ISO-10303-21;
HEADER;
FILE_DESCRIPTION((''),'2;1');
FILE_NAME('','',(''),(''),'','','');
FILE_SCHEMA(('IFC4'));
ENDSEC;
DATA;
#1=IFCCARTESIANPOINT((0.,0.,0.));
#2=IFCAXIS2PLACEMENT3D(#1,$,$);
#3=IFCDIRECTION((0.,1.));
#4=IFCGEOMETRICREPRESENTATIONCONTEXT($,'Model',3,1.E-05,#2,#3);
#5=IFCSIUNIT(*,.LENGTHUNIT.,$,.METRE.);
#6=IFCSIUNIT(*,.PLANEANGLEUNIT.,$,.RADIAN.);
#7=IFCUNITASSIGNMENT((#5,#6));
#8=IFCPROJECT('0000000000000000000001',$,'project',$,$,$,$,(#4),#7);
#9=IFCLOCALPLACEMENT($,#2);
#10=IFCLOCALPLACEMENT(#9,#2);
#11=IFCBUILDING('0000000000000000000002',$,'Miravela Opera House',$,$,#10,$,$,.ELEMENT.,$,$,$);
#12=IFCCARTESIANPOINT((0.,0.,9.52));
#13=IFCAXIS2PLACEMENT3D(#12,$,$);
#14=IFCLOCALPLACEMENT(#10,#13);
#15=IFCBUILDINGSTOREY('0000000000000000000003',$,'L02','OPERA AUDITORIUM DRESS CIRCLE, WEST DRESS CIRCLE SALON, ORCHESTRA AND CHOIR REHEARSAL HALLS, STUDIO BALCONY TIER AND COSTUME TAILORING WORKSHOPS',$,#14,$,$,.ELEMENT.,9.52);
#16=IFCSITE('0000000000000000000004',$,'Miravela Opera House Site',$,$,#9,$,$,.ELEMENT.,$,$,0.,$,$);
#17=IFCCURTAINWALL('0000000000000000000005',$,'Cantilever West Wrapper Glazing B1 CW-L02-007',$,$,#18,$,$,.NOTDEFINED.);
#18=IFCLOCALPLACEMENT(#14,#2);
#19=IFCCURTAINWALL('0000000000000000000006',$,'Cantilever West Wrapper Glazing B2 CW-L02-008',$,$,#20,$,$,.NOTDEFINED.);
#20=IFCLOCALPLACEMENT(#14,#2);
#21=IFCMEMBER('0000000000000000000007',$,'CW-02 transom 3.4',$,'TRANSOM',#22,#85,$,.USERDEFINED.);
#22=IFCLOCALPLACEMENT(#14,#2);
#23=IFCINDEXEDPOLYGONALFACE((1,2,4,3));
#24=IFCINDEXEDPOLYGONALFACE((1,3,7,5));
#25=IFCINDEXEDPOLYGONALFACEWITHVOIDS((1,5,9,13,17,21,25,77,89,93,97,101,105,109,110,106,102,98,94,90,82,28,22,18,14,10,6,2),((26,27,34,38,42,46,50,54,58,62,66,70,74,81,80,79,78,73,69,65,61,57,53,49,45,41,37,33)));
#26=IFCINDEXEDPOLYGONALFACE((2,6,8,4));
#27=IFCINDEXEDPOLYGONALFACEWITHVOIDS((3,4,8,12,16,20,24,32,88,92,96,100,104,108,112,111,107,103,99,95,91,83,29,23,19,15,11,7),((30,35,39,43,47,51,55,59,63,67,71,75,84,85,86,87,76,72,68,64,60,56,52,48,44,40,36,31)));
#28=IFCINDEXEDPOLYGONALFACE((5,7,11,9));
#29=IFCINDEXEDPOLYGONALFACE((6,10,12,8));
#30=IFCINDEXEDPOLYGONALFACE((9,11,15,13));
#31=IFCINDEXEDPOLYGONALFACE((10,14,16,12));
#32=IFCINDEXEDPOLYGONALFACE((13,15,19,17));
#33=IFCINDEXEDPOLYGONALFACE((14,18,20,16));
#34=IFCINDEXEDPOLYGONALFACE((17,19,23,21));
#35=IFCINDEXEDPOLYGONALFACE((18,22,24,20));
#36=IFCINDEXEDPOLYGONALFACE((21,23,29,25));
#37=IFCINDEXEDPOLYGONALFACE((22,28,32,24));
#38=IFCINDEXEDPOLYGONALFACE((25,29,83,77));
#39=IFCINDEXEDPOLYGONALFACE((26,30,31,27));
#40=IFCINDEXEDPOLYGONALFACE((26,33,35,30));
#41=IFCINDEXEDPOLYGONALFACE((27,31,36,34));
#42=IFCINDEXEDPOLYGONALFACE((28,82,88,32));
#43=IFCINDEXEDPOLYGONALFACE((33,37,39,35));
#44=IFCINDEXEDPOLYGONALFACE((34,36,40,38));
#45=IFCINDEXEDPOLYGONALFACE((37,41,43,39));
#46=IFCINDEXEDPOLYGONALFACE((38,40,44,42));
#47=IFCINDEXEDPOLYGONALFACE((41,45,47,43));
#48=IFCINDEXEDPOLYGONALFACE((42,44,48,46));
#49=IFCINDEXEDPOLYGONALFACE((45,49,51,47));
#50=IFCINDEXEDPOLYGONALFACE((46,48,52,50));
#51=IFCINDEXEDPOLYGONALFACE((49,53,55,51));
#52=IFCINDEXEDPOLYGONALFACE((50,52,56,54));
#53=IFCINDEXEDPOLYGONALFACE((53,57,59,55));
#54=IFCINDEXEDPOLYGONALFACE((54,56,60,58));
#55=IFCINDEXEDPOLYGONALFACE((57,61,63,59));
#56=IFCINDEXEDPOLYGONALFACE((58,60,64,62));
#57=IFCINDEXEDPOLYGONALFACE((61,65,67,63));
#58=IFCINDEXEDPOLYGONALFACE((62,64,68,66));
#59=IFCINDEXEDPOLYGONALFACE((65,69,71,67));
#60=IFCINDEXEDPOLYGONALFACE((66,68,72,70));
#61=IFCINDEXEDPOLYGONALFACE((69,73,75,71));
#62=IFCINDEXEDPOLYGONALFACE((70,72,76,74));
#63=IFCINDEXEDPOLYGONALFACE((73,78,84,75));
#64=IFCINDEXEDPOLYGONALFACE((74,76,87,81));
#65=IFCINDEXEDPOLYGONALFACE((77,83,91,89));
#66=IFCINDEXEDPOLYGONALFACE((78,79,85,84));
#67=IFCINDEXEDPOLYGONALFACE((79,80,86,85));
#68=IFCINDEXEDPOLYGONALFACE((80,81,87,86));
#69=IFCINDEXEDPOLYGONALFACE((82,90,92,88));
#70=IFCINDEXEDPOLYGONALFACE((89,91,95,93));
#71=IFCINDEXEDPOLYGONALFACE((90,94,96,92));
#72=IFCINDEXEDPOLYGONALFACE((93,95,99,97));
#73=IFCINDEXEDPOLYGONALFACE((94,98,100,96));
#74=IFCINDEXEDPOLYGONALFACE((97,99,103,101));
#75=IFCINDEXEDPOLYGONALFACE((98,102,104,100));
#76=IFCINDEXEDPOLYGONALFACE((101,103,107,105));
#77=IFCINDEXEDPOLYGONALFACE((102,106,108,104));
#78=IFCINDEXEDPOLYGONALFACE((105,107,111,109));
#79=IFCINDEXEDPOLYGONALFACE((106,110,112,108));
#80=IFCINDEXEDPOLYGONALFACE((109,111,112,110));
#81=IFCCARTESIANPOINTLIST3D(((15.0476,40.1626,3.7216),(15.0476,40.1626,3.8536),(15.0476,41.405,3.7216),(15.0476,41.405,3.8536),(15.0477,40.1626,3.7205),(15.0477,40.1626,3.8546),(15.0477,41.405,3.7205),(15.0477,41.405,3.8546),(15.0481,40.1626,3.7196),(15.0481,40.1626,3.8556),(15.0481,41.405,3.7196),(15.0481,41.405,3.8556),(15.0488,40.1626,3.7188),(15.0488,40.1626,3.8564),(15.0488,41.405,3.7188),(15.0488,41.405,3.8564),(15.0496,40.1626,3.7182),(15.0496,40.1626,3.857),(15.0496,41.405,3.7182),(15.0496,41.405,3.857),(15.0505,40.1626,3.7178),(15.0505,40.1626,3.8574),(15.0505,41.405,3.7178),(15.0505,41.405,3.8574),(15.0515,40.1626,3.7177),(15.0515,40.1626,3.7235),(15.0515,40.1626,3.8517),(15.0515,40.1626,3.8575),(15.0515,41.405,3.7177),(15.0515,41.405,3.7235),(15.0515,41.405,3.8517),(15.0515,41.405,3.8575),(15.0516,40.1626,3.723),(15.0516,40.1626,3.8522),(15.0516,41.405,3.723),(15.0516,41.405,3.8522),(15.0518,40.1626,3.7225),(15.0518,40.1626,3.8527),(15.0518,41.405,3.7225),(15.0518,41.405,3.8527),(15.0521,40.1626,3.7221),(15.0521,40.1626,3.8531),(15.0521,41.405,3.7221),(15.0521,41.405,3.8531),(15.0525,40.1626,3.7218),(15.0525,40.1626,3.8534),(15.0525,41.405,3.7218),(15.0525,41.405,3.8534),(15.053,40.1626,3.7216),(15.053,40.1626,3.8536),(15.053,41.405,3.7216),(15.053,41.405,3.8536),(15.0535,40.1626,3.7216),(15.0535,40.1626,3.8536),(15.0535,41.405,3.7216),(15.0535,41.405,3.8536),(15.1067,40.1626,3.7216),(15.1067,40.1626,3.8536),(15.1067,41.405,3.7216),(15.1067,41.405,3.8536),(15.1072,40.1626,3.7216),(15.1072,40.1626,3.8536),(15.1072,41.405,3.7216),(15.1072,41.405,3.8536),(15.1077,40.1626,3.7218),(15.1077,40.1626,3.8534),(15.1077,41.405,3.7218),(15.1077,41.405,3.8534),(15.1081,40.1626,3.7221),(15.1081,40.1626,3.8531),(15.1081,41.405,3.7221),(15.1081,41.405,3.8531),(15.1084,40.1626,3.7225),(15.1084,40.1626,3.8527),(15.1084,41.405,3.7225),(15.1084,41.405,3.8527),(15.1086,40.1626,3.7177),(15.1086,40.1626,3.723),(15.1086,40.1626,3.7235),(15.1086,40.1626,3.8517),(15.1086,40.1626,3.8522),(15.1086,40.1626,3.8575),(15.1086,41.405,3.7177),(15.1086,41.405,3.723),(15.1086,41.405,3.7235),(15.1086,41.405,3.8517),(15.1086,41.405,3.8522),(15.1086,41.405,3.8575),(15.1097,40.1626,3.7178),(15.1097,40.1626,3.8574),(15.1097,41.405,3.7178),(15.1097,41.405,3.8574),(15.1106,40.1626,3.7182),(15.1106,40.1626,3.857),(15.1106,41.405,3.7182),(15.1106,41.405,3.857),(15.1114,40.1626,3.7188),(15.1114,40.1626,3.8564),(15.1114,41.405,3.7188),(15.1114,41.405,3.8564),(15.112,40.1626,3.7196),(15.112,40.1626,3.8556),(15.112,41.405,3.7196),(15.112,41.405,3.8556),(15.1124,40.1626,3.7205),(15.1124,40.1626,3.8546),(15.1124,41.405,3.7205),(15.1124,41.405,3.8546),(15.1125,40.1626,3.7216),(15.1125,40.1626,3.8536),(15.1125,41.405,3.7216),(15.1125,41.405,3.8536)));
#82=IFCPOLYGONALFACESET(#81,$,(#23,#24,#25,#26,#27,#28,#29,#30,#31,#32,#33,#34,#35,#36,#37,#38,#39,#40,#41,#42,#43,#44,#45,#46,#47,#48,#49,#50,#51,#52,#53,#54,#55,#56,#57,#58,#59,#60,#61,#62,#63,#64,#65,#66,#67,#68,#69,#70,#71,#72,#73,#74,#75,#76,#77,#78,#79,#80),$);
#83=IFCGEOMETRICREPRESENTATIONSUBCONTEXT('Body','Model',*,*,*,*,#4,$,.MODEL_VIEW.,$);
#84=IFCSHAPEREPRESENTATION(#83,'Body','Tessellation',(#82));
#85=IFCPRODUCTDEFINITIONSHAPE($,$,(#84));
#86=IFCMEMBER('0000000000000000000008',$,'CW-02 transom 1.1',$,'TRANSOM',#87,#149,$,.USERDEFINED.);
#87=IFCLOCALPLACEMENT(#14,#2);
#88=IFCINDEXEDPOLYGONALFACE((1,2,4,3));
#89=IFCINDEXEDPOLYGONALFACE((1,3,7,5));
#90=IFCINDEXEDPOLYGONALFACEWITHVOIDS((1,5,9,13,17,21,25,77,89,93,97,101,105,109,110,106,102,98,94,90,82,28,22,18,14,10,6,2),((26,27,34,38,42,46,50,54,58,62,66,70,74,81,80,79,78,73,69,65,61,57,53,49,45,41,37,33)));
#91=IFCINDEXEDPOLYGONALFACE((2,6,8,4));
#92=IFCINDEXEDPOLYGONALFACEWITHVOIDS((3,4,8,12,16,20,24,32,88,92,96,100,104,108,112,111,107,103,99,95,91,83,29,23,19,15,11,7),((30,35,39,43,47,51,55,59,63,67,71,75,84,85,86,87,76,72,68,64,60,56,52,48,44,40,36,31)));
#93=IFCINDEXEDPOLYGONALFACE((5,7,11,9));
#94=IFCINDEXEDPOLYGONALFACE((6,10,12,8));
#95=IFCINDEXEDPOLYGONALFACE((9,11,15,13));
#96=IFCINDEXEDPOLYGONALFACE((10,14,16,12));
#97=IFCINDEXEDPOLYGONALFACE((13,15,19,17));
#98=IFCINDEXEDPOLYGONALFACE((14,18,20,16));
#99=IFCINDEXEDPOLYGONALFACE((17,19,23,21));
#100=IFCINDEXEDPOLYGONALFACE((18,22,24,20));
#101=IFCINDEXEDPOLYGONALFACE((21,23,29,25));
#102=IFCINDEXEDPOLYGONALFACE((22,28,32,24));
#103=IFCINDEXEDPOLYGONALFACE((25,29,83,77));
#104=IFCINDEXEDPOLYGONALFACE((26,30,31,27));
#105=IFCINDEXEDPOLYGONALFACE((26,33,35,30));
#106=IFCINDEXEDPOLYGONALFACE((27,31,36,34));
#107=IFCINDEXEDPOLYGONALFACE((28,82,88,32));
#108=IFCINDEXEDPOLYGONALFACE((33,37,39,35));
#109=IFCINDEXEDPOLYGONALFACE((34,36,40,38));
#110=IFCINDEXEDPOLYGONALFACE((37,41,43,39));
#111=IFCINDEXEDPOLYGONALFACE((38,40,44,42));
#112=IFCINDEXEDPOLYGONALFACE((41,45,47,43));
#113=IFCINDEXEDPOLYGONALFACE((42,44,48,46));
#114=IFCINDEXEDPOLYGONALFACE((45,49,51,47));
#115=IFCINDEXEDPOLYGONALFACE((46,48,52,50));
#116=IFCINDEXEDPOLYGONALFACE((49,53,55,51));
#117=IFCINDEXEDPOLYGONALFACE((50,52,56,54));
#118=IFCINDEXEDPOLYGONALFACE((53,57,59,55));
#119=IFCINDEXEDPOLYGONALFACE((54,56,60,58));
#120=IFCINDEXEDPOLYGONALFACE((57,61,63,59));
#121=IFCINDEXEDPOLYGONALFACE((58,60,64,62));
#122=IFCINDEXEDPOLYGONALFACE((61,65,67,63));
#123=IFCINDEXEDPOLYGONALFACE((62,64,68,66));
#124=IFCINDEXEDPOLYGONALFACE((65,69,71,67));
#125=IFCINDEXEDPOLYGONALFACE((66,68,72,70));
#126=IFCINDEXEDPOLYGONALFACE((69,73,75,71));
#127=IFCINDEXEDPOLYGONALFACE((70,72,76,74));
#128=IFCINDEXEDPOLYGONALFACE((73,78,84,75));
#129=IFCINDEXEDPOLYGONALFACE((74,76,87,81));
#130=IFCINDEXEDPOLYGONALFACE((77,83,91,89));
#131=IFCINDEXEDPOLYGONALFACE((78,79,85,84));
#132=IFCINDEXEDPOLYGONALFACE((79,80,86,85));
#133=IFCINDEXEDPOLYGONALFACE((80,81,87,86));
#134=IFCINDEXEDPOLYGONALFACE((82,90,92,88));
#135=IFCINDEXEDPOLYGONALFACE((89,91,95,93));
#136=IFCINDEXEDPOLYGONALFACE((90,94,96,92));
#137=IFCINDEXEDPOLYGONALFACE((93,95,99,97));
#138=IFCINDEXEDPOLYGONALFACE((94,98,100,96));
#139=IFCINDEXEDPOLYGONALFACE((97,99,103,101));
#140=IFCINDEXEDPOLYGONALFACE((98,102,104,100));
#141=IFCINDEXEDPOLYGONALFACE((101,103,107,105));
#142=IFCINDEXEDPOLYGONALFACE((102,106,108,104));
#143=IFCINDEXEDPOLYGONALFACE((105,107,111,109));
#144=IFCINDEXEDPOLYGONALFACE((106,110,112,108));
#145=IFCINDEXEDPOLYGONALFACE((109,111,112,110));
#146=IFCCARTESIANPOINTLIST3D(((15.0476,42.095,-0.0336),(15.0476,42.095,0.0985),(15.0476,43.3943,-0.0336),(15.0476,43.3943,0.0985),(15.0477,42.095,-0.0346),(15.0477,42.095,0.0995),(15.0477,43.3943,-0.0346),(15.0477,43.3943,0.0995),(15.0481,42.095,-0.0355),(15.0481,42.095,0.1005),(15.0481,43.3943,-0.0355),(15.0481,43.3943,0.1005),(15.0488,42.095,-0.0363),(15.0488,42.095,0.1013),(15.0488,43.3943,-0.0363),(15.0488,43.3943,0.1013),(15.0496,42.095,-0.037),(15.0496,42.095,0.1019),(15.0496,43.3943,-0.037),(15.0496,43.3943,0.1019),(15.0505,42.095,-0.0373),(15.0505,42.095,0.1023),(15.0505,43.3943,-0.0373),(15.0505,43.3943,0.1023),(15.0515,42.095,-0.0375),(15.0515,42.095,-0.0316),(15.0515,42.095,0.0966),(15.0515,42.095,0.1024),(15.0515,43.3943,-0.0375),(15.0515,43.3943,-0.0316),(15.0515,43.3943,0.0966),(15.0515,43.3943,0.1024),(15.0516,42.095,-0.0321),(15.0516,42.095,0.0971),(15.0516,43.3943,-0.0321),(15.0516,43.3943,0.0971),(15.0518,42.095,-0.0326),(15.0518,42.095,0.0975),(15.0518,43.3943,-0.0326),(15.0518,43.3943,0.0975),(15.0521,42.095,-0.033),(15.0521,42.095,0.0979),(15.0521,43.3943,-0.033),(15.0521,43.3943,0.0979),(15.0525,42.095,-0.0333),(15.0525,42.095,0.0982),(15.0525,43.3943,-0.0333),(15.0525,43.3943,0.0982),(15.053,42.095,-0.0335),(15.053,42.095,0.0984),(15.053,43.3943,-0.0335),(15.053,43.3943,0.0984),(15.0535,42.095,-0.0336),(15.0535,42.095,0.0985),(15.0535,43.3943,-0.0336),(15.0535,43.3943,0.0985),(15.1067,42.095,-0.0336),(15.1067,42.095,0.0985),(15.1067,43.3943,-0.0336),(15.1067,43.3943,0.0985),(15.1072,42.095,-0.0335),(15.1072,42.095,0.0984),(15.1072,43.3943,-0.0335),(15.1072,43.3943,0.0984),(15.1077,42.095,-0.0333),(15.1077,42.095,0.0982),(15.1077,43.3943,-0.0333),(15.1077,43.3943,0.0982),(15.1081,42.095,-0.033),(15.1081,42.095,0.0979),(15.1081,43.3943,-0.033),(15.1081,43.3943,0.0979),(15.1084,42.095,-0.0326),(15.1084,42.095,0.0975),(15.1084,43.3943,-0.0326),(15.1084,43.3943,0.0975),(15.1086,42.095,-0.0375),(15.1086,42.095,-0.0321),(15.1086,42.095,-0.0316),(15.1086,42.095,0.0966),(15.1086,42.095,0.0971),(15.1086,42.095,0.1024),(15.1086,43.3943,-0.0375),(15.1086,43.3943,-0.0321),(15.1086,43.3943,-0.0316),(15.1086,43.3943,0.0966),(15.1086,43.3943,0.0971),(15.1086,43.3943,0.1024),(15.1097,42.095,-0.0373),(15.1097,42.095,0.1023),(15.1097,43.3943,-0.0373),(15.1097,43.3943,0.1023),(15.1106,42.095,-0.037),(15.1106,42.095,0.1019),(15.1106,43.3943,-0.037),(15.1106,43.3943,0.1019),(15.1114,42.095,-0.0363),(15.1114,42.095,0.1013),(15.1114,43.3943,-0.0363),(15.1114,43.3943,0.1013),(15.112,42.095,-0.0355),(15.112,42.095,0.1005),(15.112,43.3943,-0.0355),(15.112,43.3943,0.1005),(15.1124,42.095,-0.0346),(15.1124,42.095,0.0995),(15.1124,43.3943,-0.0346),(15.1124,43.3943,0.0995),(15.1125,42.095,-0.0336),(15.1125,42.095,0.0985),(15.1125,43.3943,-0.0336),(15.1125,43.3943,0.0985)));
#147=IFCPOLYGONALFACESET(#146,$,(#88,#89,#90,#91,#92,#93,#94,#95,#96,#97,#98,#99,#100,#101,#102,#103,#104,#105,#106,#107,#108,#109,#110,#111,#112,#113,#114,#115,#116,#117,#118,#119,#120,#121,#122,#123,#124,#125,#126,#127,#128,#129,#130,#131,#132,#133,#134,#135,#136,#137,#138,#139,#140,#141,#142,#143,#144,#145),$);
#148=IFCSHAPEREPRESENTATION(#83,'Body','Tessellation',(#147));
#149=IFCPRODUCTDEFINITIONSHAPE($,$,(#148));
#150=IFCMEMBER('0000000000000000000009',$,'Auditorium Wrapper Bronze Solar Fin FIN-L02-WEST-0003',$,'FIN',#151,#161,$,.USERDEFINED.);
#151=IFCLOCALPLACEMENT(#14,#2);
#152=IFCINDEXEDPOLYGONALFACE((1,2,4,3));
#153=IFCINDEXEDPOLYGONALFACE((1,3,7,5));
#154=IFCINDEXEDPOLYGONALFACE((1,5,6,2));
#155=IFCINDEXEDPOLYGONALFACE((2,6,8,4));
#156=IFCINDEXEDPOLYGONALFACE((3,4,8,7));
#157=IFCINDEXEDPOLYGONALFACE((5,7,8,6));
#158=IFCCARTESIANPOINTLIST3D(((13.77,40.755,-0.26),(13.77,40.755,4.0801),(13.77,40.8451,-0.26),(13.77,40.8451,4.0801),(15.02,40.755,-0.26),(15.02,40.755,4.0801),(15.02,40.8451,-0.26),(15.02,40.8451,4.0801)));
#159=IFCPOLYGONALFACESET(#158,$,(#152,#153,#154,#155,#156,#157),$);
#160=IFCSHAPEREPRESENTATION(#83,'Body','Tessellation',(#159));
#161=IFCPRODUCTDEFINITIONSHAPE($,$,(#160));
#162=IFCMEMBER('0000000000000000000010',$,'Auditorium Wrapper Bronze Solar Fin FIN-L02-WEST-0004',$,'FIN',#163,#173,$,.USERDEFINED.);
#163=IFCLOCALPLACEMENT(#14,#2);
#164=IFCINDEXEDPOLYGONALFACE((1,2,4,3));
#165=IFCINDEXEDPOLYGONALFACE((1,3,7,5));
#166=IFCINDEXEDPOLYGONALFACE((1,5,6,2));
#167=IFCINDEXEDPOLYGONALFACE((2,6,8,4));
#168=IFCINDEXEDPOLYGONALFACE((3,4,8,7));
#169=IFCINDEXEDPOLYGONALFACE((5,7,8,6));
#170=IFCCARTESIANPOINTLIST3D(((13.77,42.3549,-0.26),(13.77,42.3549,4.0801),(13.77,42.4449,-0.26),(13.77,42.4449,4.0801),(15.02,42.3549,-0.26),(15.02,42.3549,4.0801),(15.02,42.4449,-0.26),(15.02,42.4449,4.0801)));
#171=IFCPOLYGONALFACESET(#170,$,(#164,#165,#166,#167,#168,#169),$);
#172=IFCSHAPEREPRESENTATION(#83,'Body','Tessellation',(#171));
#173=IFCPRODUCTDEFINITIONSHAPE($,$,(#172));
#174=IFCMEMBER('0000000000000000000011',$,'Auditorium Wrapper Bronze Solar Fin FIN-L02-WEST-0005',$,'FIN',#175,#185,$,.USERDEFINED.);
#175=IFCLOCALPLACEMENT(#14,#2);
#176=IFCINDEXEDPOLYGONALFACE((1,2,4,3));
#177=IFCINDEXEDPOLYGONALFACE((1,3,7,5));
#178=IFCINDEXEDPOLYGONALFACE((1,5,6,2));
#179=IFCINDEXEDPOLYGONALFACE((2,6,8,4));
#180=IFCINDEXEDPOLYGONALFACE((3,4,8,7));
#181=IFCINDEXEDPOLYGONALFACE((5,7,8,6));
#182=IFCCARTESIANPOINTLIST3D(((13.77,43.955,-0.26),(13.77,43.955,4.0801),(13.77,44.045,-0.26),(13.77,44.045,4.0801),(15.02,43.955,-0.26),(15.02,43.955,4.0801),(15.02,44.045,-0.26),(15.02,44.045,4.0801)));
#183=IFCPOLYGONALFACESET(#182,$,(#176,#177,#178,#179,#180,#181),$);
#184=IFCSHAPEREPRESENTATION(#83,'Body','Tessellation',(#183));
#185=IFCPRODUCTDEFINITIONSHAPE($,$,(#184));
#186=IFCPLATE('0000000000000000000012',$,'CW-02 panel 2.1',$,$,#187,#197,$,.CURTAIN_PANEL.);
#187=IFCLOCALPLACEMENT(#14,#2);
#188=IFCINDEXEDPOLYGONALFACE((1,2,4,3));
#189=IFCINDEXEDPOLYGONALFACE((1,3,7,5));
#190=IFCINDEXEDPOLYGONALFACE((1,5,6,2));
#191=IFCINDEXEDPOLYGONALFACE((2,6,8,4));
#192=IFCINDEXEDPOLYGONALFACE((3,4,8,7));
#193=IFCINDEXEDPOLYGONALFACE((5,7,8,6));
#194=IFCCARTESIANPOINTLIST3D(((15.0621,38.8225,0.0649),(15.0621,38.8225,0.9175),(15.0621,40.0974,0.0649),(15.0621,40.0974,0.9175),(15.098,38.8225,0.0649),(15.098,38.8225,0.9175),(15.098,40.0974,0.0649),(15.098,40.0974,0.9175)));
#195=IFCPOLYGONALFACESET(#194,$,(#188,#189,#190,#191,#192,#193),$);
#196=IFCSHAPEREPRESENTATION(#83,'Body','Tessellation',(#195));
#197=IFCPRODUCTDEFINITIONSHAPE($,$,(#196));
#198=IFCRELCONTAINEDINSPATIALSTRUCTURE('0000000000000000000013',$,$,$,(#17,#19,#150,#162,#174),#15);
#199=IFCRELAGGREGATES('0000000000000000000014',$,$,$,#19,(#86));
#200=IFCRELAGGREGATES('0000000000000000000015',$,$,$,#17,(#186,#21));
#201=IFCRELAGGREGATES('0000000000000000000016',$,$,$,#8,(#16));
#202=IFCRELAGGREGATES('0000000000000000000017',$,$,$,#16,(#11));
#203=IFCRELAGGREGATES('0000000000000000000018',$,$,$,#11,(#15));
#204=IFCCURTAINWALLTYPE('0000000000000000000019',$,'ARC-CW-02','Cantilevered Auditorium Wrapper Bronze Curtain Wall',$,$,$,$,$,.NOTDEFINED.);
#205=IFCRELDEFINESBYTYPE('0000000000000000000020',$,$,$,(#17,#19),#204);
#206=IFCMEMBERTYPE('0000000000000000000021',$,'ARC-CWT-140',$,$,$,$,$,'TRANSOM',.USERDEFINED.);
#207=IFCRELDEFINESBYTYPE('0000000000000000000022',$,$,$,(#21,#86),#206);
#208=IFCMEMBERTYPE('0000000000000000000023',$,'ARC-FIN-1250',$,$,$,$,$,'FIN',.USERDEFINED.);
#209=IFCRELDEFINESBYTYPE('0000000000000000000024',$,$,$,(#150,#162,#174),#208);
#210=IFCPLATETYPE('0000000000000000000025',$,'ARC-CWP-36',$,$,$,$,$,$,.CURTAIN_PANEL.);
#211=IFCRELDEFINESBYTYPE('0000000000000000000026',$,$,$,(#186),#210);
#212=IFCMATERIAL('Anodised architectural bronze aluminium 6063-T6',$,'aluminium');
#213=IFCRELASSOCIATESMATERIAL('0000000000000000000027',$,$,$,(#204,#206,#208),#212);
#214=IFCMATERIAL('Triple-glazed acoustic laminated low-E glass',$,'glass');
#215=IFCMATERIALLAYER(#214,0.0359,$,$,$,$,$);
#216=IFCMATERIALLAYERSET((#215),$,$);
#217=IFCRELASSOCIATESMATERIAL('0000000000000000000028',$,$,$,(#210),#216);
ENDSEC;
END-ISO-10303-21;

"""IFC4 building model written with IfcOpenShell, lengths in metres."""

from ifc_helpers import new_model, si_unit, direction, frame, origin, origin_2d, place, context, subcontext, project, spatial, rectangle, hollow_rectangle, extrude, material, layer, layer_set, material_profile, profile_set, type_object, element, aggregate, save


model = new_model("IFC4")

# Units and contexts
model_context = context("Model", 3, precision=1e-05, world=origin(), true_north=direction((0.0, 1.0)))
body_context = subcontext(model_context, "Body", "Model", "MODEL_VIEW")
ifc_project = project(units=[si_unit("LENGTHUNIT", "METRE"), si_unit("PLANEANGLEUNIT", "RADIAN")], contexts=[model_context])

# Site, building, storey
site_placement = place(None, origin())
site = spatial("IfcSite", under=ifc_project, at=site_placement, Name="Miravela Opera House Site", CompositionType="ELEMENT", RefElevation=0.0)
building_placement = place(site_placement, origin())
building = spatial("IfcBuilding", under=site, at=building_placement, Name="Miravela Opera House", CompositionType="ELEMENT")
storey_placement = place(building_placement, frame((0.0, 0.0, 9.52)))
storey = spatial("IfcBuildingStorey", under=building, at=storey_placement, Name="L02", Description="OPERA AUDITORIUM DRESS CIRCLE, WEST DRESS CIRCLE SALON, ORCHESTRA AND CHOIR REHEARSAL HALLS, STUDIO BALCONY TIER AND COSTUME TAILORING WORKSHOPS", CompositionType="ELEMENT", Elevation=9.52)

# Curtain wall
ifc_material_1 = material(Name="Anodised architectural bronze aluminium 6063-T6", Category="aluminium")
curtain_wall_type = type_object("IfcCurtainWallType", Name="ARC-CW-02", Description="Cantilevered Auditorium Wrapper Bronze Curtain Wall", PredefinedType="NOTDEFINED", material=ifc_material_1)
curtain_wall_1_placement = place(storey_placement, origin())
curtain_wall_1 = element("IfcCurtainWall", 1, at=curtain_wall_1_placement, inside=storey, type_object=curtain_wall_type, Name="Cantilever West Wrapper Glazing B1 CW-L02-007", PredefinedType="NOTDEFINED")

# Curtain wall
curtain_wall_2_placement = place(storey_placement, origin())
curtain_wall_2 = element("IfcCurtainWall", 2, at=curtain_wall_2_placement, inside=storey, type_object=curtain_wall_type, Name="Cantilever West Wrapper Glazing B2 CW-L02-008", PredefinedType="NOTDEFINED")

# Members
ifc_material_profile_1 = material_profile(ifc_material_1, hollow_rectangle(XDim=0.0649, YDim=0.1399, WallThickness=0.0039, InnerFilletRadius=0.002, OuterFilletRadius=0.0039, at=origin_2d()), Name="CWT-65X140")
ifc_profile_set_1 = profile_set([ifc_material_profile_1])
member_type_1 = type_object("IfcMemberType", Name="ARC-CWT-140", ElementType="TRANSOM", PredefinedType="USERDEFINED", material=ifc_profile_set_1)
member_1_placement = place(storey_placement, frame((15.0801, 40.1626, 3.7876), z_axis=(0.0, 1.0, 0.0), x_axis=(-1.0, 0.0, 0.0)))
member_1 = element("IfcMember", 3, at=member_1_placement, type_object=member_type_1, Name="CW-02 transom 3.4", ObjectType="TRANSOM", PredefinedType="USERDEFINED", context=body_context, shape_type="SweptSolid", body=[
    extrude(hollow_rectangle(XDim=0.0649, YDim=0.1399, WallThickness=0.0039, InnerFilletRadius=0.002, OuterFilletRadius=0.0039, at=origin_2d()), origin(), (0.0, 0.0, 1.0), 1.2424),
])
member_2_placement = place(storey_placement, frame((15.0801, 42.095, 0.0325), z_axis=(0.0, 1.0, 0.0), x_axis=(-1.0, 0.0, 0.0)))
member_2 = element("IfcMember", 4, at=member_2_placement, type_object=member_type_1, Name="CW-02 transom 1.1", ObjectType="TRANSOM", PredefinedType="USERDEFINED", context=body_context, shape_type="SweptSolid", body=[
    extrude(hollow_rectangle(XDim=0.0649, YDim=0.1399, WallThickness=0.0039, InnerFilletRadius=0.002, OuterFilletRadius=0.0039, at=origin_2d()), origin(), (0.0, 0.0, 1.0), 1.2993),
])
aggregate(curtain_wall_2, [member_2])

# Members
ifc_material_profile_2 = material_profile(ifc_material_1, rectangle(XDim=0.0901, YDim=1.25, at=origin_2d()), Name="FIN-1250X90")
ifc_profile_set_2 = profile_set([ifc_material_profile_2])
member_type_2 = type_object("IfcMemberType", Name="ARC-FIN-1250", ElementType="FIN", PredefinedType="USERDEFINED", material=ifc_profile_set_2)
for number, where, z_axis, x_axis, name in (
    (5, (14.395, 40.8, -0.26), (0.0, 0.0, 1.0), (0.0, 1.0, 0.0), "Auditorium Wrapper Bronze Solar Fin FIN-L02-WEST-0003"),
    (6, (14.395, 42.3999, -0.26), (0.0, 0.0, 1.0), (0.0, 1.0, 0.0), "Auditorium Wrapper Bronze Solar Fin FIN-L02-WEST-0004"),
    (7, (14.395, 44.0, -0.26), (0.0, 0.0, 1.0), (0.0, 1.0, 0.0), "Auditorium Wrapper Bronze Solar Fin FIN-L02-WEST-0005"),
):
    element("IfcMember", number, at=place(storey_placement, frame(where, z_axis=z_axis, x_axis=x_axis)), inside=storey, type_object=member_type_2, Name=name, ObjectType="FIN", PredefinedType="USERDEFINED", context=body_context, shape_type="SweptSolid", body=[
        extrude(rectangle(XDim=0.0901, YDim=1.25, at=origin_2d()), origin(), (0.0, 0.0, 1.0), 4.3401),
    ])

# Plate
ifc_material_2 = material(Name="Triple-glazed acoustic laminated low-E glass", Category="glass")
ifc_layer = layer(ifc_material_2, 0.0359)
ifc_layer_set = layer_set([ifc_layer])
plate_type = type_object("IfcPlateType", Name="ARC-CWP-36", PredefinedType="CURTAIN_PANEL", material=ifc_layer_set)
plate_1_placement = place(storey_placement, frame((15.0801, 39.46, 0.0649), z_axis=(0.0, 0.0, 1.0), x_axis=(0.0, 1.0, 0.0)))
plate_1 = element("IfcPlate", 8, at=plate_1_placement, type_object=plate_type, Name="CW-02 panel 2.1", PredefinedType="CURTAIN_PANEL", context=body_context, shape_type="SweptSolid", body=[
    extrude(rectangle(XDim=1.2749, YDim=0.0359, at=origin_2d()), origin(), (0.0, 0.0, 1.0), 0.8525),
])
aggregate(curtain_wall_1, [plate_1, member_1])

save(model, "model.ifc")
